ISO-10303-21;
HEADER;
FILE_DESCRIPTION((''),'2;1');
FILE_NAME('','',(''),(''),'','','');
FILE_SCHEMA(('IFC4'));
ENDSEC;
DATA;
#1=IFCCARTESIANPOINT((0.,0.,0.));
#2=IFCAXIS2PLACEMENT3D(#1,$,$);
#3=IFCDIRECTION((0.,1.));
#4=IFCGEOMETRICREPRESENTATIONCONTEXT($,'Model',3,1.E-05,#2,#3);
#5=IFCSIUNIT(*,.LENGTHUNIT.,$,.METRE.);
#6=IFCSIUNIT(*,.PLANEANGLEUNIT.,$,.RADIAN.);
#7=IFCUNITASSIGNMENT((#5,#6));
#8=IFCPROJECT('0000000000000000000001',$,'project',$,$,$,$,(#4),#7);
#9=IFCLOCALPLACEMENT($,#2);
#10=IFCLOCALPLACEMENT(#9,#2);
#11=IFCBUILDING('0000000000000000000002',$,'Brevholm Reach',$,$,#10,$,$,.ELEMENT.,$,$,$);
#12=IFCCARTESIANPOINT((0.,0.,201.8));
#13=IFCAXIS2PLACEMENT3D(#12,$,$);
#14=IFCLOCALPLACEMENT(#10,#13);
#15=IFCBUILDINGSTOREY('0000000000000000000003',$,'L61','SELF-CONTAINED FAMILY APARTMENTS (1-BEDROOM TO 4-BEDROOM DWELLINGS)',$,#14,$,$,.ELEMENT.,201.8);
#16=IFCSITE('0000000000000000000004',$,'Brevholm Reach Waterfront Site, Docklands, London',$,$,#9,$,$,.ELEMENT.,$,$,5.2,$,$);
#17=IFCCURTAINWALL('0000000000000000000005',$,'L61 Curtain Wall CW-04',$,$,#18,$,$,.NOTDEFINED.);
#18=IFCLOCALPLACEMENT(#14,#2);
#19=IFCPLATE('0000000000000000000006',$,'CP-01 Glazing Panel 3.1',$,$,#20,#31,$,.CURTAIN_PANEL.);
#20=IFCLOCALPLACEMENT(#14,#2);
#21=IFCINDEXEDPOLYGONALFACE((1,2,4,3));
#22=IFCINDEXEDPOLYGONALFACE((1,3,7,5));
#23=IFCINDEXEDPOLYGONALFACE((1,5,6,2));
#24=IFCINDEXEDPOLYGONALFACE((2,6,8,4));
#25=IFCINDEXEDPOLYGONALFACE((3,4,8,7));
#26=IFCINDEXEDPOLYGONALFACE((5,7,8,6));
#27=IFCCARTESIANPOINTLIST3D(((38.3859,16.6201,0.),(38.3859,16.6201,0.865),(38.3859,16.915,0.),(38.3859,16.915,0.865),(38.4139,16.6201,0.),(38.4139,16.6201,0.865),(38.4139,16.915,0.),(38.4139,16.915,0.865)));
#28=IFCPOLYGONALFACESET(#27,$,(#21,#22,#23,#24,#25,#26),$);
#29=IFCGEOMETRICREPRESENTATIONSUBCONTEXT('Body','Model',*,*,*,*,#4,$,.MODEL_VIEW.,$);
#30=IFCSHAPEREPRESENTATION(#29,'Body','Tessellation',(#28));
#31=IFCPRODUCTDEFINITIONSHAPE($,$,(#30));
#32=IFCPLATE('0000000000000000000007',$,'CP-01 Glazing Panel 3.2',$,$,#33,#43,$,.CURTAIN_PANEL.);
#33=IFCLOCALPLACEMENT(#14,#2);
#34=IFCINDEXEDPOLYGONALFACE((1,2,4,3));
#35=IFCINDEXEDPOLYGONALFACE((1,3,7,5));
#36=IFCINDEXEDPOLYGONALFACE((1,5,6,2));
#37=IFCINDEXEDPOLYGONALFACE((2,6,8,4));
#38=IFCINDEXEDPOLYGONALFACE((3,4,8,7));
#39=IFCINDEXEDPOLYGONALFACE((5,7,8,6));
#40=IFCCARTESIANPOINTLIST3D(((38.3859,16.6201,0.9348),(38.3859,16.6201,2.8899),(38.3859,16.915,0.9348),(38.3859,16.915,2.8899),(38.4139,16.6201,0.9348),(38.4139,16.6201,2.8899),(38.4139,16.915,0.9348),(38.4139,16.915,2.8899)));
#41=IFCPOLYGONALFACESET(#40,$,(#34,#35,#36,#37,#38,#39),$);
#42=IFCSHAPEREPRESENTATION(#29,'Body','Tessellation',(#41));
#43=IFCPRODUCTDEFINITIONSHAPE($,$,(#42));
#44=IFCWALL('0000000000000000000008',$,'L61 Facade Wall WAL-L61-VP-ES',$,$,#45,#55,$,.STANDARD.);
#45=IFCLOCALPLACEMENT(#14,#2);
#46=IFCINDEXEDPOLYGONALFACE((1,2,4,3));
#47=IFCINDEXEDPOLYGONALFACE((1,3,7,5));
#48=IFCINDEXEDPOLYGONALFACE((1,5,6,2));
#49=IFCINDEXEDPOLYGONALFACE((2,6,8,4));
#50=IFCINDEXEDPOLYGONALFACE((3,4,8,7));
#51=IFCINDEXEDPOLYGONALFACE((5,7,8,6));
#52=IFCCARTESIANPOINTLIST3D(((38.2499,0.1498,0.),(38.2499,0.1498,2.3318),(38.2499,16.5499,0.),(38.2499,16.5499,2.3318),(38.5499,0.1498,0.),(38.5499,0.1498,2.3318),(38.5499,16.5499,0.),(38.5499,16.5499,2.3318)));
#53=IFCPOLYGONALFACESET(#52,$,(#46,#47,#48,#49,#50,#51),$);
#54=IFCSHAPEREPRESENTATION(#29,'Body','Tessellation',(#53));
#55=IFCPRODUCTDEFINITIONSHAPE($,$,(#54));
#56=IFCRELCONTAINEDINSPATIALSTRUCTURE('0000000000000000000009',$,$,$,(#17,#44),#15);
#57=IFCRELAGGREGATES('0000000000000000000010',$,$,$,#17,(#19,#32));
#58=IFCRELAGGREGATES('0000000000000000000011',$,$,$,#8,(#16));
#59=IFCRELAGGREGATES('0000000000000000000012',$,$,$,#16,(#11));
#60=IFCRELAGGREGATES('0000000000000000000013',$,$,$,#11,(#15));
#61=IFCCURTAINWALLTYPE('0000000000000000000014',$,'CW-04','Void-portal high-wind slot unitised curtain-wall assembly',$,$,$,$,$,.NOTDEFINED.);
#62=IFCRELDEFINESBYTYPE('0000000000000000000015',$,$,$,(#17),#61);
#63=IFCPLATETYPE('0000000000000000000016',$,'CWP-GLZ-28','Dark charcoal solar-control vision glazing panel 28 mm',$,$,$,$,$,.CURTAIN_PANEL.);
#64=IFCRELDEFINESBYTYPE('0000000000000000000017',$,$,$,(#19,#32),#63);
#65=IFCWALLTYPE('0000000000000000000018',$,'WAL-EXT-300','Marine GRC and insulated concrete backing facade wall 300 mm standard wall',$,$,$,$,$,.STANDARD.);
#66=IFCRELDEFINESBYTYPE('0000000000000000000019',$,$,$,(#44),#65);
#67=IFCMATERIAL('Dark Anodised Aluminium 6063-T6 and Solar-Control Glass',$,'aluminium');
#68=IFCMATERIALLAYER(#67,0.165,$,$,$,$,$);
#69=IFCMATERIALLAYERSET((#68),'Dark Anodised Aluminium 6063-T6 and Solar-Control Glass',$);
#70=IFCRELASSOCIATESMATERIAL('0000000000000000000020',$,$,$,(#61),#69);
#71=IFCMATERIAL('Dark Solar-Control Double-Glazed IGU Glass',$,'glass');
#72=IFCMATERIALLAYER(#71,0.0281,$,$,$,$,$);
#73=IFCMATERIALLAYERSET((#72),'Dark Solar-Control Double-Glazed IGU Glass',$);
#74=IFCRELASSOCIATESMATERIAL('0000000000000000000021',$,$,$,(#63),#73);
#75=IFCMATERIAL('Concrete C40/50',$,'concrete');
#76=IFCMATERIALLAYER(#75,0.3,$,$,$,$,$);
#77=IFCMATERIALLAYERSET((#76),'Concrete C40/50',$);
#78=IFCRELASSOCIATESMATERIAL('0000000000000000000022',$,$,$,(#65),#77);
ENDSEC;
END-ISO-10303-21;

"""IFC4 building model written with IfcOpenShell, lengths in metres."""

from ifc_helpers import new_model, si_unit, direction, frame, frame_2d, origin, origin_2d, place, context, subcontext, project, spatial, rectangle, extrude, material, layer, layer_set, type_object, element, aggregate, save


model = new_model("IFC4")

# Units and contexts
model_context = context("Model", 3, precision=1e-05, world=origin(), true_north=direction((0.0, 1.0)))
body_context = subcontext(model_context, "Body", "Model", "MODEL_VIEW")
ifc_project = project(units=[si_unit("LENGTHUNIT", "METRE"), si_unit("PLANEANGLEUNIT", "RADIAN")], contexts=[model_context])

# Site, building, storey
site_placement = place(None, origin())
site = spatial("IfcSite", under=ifc_project, at=site_placement, Name="Brevholm Reach Waterfront Site, Docklands, London", CompositionType="ELEMENT", RefElevation=5.2)
building_placement = place(site_placement, origin())
building = spatial("IfcBuilding", under=site, at=building_placement, Name="Brevholm Reach", CompositionType="ELEMENT")
storey_placement = place(building_placement, frame((0.0, 0.0, 201.8)))
storey = spatial("IfcBuildingStorey", under=building, at=storey_placement, Name="L61", Description="SELF-CONTAINED FAMILY APARTMENTS (1-BEDROOM TO 4-BEDROOM DWELLINGS)", CompositionType="ELEMENT", Elevation=201.8)

# Curtain wall, plates
ifc_material_1 = material(Name="Dark Anodised Aluminium 6063-T6 and Solar-Control Glass", Category="aluminium")
ifc_layer_1 = layer(ifc_material_1, 0.165)
ifc_layer_set_1 = layer_set([ifc_layer_1], Name="Dark Anodised Aluminium 6063-T6 and Solar-Control Glass")
curtain_wall_type = type_object("IfcCurtainWallType", Name="CW-04", Description="Void-portal high-wind slot unitised curtain-wall assembly", PredefinedType="NOTDEFINED", material=ifc_layer_set_1)
curtain_wall_placement = place(storey_placement, origin())
curtain_wall = element("IfcCurtainWall", 1, at=curtain_wall_placement, inside=storey, type_object=curtain_wall_type, Name="L61 Curtain Wall CW-04", PredefinedType="NOTDEFINED")
ifc_material_2 = material(Name="Dark Solar-Control Double-Glazed IGU Glass", Category="glass")
ifc_layer_2 = layer(ifc_material_2, 0.0281)
ifc_layer_set_2 = layer_set([ifc_layer_2], Name="Dark Solar-Control Double-Glazed IGU Glass")
plate_type = type_object("IfcPlateType", Name="CWP-GLZ-28", Description="Dark charcoal solar-control vision glazing panel 28 mm", PredefinedType="CURTAIN_PANEL", material=ifc_layer_set_2)
plate_1_placement = place(storey_placement, frame((38.3999, 16.7676, 0.0), z_axis=(0.0, 0.0, 1.0), x_axis=(0.0, -1.0, 0.0)))
plate_1 = element("IfcPlate", 2, at=plate_1_placement, type_object=plate_type, Name="CP-01 Glazing Panel 3.1", PredefinedType="CURTAIN_PANEL", context=body_context, shape_type="SweptSolid", body=[
    extrude(rectangle(XDim=0.2949, YDim=0.0281, at=origin_2d()), origin(), (0.0, 0.0, 1.0), 0.865),
])
plate_2_placement = place(storey_placement, frame((38.3999, 16.7676, 0.9348), z_axis=(0.0, 0.0, 1.0), x_axis=(0.0, -1.0, 0.0)))
plate_2 = element("IfcPlate", 3, at=plate_2_placement, type_object=plate_type, Name="CP-01 Glazing Panel 3.2", PredefinedType="CURTAIN_PANEL", context=body_context, shape_type="SweptSolid", body=[
    extrude(rectangle(XDim=0.2949, YDim=0.0281, at=origin_2d()), origin(), (0.0, 0.0, 1.0), 1.9551),
])
aggregate(curtain_wall, [plate_1, plate_2])

# Wall
ifc_material_3 = material(Name="Concrete C40/50", Category="concrete")
ifc_layer_3 = layer(ifc_material_3, 0.3)
ifc_layer_set_3 = layer_set([ifc_layer_3], Name="Concrete C40/50")
wall_type = type_object("IfcWallType", Name="WAL-EXT-300", Description="Marine GRC and insulated concrete backing facade wall 300 mm standard wall", PredefinedType="STANDARD", material=ifc_layer_set_3)
wall_placement = place(storey_placement, frame((38.3999, 16.55, 0.0), z_axis=(0.0, 0.0, 1.0), x_axis=(0.0, -1.0, 0.0)))
element("IfcWall", 4, at=wall_placement, inside=storey, type_object=wall_type, Name="L61 Facade Wall WAL-L61-VP-ES", PredefinedType="STANDARD", context=body_context, shape_type="SweptSolid", body=[
    extrude(rectangle(XDim=16.4001, YDim=0.3, at=frame_2d((8.2002, 0.0))), origin(), (0.0, 0.0, 1.0), 2.3318),
])

save(model, "model.ifc")
